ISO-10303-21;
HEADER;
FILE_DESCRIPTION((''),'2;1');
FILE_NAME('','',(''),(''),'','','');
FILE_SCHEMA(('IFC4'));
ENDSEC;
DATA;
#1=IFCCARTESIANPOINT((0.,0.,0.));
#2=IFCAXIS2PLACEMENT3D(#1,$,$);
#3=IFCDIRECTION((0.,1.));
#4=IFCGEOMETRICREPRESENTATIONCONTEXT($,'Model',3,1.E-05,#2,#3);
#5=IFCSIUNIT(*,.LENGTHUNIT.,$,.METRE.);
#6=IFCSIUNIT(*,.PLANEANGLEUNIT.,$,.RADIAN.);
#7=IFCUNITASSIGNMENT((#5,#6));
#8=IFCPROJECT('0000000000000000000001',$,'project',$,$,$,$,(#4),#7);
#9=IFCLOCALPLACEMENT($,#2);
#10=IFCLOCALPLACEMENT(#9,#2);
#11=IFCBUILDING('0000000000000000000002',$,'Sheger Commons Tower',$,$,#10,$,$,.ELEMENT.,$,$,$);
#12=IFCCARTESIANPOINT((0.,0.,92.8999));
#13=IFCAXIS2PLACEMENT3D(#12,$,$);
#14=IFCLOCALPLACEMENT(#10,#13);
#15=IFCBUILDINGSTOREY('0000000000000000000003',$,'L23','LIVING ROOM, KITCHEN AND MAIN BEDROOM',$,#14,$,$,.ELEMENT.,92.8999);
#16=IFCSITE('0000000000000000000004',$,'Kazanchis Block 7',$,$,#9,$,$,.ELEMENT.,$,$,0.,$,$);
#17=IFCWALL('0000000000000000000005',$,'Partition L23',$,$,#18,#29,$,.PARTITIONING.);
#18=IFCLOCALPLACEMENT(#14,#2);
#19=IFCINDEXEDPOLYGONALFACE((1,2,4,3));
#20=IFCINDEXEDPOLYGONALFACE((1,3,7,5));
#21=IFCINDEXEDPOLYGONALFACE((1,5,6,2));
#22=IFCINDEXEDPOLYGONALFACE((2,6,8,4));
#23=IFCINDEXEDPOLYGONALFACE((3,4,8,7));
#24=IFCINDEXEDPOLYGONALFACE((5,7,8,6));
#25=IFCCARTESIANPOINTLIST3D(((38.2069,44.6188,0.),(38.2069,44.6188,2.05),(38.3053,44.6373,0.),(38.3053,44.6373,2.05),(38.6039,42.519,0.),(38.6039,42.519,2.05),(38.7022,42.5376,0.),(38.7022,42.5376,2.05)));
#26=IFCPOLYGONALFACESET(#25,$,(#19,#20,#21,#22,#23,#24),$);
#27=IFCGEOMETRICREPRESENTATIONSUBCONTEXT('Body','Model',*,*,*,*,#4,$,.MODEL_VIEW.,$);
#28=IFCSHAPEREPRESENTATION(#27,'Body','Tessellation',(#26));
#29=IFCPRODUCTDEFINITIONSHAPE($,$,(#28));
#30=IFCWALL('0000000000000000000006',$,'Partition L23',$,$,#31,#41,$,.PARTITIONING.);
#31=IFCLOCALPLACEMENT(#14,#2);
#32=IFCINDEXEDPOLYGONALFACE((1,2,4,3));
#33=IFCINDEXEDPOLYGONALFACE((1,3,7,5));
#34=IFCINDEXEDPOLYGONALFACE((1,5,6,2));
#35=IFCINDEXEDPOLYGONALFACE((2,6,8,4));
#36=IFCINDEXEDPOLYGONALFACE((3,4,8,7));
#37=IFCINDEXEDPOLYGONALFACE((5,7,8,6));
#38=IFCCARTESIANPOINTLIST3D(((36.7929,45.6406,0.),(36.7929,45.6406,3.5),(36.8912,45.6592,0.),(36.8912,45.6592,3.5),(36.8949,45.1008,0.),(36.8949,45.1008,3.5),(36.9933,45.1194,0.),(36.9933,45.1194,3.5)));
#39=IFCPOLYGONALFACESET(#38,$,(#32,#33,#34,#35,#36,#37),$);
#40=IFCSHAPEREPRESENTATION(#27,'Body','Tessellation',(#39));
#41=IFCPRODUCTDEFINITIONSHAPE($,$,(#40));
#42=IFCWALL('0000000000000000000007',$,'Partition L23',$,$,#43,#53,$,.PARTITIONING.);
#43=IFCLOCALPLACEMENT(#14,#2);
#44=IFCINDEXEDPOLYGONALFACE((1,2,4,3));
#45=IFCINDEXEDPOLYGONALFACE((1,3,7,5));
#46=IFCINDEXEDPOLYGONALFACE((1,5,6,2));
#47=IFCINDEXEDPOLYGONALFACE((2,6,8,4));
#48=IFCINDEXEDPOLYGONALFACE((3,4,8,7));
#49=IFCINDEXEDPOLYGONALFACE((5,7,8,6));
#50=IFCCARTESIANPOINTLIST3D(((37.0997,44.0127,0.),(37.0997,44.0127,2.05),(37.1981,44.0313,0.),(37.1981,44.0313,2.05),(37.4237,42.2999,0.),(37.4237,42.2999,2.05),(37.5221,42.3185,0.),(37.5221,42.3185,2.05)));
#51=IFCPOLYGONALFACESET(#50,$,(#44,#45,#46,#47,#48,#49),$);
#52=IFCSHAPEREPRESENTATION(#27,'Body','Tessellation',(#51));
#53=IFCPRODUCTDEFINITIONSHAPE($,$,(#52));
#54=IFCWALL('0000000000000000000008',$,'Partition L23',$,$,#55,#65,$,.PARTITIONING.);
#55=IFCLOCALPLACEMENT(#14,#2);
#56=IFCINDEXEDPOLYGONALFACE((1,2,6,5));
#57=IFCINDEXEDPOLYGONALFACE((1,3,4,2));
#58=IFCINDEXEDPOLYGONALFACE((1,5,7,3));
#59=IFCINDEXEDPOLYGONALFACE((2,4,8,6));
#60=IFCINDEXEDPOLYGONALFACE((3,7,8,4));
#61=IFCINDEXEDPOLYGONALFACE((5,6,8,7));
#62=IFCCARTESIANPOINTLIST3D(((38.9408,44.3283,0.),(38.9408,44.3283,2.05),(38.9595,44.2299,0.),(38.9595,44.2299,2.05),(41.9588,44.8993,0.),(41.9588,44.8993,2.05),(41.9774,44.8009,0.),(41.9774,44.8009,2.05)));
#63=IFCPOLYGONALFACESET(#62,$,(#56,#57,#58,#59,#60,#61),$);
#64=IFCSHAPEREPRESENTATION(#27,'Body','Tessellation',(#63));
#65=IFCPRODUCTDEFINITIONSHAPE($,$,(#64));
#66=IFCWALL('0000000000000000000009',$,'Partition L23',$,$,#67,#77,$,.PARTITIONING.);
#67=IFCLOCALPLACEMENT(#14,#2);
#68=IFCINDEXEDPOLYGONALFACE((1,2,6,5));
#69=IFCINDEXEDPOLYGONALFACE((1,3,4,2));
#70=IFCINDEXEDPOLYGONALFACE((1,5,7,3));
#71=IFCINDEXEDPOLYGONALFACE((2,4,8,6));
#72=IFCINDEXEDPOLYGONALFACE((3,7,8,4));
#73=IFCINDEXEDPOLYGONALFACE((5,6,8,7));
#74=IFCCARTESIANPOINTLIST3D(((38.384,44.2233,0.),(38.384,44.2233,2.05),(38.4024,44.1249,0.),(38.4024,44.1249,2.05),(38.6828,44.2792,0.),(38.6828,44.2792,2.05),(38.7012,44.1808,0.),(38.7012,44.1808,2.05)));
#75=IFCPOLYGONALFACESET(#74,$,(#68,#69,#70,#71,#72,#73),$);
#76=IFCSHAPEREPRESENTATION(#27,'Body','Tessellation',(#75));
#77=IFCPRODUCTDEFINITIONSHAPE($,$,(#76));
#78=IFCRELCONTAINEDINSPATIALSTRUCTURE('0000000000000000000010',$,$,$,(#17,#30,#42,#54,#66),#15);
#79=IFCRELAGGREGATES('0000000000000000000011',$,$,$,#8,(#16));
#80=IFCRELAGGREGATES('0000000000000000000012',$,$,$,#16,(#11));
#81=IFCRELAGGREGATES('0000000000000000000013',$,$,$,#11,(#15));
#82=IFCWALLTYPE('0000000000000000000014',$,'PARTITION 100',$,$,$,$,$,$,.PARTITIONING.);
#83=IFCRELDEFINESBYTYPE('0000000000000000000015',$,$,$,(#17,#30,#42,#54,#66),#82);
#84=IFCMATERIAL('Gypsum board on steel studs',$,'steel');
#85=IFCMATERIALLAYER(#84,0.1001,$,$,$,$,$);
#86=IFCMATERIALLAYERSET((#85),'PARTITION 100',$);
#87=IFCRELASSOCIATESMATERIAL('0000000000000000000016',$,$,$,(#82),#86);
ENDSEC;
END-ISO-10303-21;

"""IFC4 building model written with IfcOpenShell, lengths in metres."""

from ifc_helpers import new_model, si_unit, direction, frame, frame_2d, origin, place, context, subcontext, project, spatial, rectangle, extrude, material, layer, layer_set, type_object, element, save


model = new_model("IFC4")

# Units and contexts
model_context = context("Model", 3, precision=1e-05, world=origin(), true_north=direction((0.0, 1.0)))
body_context = subcontext(model_context, "Body", "Model", "MODEL_VIEW")
ifc_project = project(units=[si_unit("LENGTHUNIT", "METRE"), si_unit("PLANEANGLEUNIT", "RADIAN")], contexts=[model_context])

# Site, building, storey
site_placement = place(None, origin())
site = spatial("IfcSite", under=ifc_project, at=site_placement, Name="Kazanchis Block 7", CompositionType="ELEMENT", RefElevation=0.0)
building_placement = place(site_placement, origin())
building = spatial("IfcBuilding", under=site, at=building_placement, Name="Sheger Commons Tower", CompositionType="ELEMENT")
storey_placement = place(building_placement, frame((0.0, 0.0, 92.8999)))
storey = spatial("IfcBuildingStorey", under=building, at=storey_placement, Name="L23", Description="LIVING ROOM, KITCHEN AND MAIN BEDROOM", CompositionType="ELEMENT", Elevation=92.8999)

# Walls
ifc_material_1 = material(Name="Gypsum board on steel studs", Category="steel")
ifc_layer_1 = layer(ifc_material_1, 0.1001)
ifc_layer_set_1 = layer_set([ifc_layer_1], Name="PARTITION 100")
wall_type_1 = type_object("IfcWallType", Name="PARTITION 100", PredefinedType="PARTITIONING", material=ifc_layer_set_1)
wall_1_placement = place(storey_placement, frame((38.2561, 44.6279, 0.0), z_axis=(0.0, 0.0, 1.0), x_axis=(0.185758, -0.982596, 0.0)))
element("IfcWall", 1, at=wall_1_placement, inside=storey, type_object=wall_type_1, Name="Partition L23", PredefinedType="PARTITIONING", context=body_context, shape_type="SweptSolid", body=[
    extrude(rectangle(XDim=2.137, YDim=0.1001, at=frame_2d((1.0684, 0.0))), origin(), (0.0, 0.0, 1.0), 2.05),
])
wall_2_placement = place(storey_placement, frame((36.842, 45.6499, 0.0), z_axis=(0.0, 0.0, 1.0), x_axis=(0.185764, -0.982594, 0.0)))
element("IfcWall", 2, at=wall_2_placement, inside=storey, type_object=wall_type_1, Name="Partition L23", PredefinedType="PARTITIONING", context=body_context, shape_type="SweptSolid", body=[
    extrude(rectangle(XDim=0.5493, YDim=0.1001, at=frame_2d((0.2747, 0.0))), origin(), (0.0, 0.0, 1.0), 3.5),
])
wall_3_placement = place(storey_placement, frame((37.1489, 44.022, 0.0), z_axis=(0.0, 0.0, 1.0), x_axis=(0.185844, -0.982579, 0.0)))
element("IfcWall", 3, at=wall_3_placement, inside=storey, type_object=wall_type_1, Name="Partition L23", PredefinedType="PARTITIONING", context=body_context, shape_type="SweptSolid", body=[
    extrude(rectangle(XDim=1.7432, YDim=0.1001, at=frame_2d((0.8716, 0.0))), origin(), (0.0, 0.0, 1.0), 2.05),
])
wall_4_placement = place(storey_placement, frame((41.968, 44.8501, 0.0), z_axis=(0.0, 0.0, 1.0), x_axis=(-0.982567, -0.18591, 0.0)))
element("IfcWall", 4, at=wall_4_placement, inside=storey, type_object=wall_type_1, Name="Partition L23", PredefinedType="PARTITIONING", context=body_context, shape_type="SweptSolid", body=[
    extrude(rectangle(XDim=3.0715, YDim=0.1001, at=frame_2d((1.5356, 0.0))), origin(), (0.0, 0.0, 1.0), 2.05),
])
wall_5_placement = place(storey_placement, frame((38.6919, 44.23, 0.0), z_axis=(0.0, 0.0, 1.0), x_axis=(-0.982945, -0.183901, 0.0)))
element("IfcWall", 5, at=wall_5_placement, inside=storey, type_object=wall_type_1, Name="Partition L23", PredefinedType="PARTITIONING", context=body_context, shape_type="SweptSolid", body=[
    extrude(rectangle(XDim=0.304, YDim=0.1001, at=frame_2d((0.1519, 0.0))), origin(), (0.0, 0.0, 1.0), 2.05),
])

save(model, "model.ifc")
